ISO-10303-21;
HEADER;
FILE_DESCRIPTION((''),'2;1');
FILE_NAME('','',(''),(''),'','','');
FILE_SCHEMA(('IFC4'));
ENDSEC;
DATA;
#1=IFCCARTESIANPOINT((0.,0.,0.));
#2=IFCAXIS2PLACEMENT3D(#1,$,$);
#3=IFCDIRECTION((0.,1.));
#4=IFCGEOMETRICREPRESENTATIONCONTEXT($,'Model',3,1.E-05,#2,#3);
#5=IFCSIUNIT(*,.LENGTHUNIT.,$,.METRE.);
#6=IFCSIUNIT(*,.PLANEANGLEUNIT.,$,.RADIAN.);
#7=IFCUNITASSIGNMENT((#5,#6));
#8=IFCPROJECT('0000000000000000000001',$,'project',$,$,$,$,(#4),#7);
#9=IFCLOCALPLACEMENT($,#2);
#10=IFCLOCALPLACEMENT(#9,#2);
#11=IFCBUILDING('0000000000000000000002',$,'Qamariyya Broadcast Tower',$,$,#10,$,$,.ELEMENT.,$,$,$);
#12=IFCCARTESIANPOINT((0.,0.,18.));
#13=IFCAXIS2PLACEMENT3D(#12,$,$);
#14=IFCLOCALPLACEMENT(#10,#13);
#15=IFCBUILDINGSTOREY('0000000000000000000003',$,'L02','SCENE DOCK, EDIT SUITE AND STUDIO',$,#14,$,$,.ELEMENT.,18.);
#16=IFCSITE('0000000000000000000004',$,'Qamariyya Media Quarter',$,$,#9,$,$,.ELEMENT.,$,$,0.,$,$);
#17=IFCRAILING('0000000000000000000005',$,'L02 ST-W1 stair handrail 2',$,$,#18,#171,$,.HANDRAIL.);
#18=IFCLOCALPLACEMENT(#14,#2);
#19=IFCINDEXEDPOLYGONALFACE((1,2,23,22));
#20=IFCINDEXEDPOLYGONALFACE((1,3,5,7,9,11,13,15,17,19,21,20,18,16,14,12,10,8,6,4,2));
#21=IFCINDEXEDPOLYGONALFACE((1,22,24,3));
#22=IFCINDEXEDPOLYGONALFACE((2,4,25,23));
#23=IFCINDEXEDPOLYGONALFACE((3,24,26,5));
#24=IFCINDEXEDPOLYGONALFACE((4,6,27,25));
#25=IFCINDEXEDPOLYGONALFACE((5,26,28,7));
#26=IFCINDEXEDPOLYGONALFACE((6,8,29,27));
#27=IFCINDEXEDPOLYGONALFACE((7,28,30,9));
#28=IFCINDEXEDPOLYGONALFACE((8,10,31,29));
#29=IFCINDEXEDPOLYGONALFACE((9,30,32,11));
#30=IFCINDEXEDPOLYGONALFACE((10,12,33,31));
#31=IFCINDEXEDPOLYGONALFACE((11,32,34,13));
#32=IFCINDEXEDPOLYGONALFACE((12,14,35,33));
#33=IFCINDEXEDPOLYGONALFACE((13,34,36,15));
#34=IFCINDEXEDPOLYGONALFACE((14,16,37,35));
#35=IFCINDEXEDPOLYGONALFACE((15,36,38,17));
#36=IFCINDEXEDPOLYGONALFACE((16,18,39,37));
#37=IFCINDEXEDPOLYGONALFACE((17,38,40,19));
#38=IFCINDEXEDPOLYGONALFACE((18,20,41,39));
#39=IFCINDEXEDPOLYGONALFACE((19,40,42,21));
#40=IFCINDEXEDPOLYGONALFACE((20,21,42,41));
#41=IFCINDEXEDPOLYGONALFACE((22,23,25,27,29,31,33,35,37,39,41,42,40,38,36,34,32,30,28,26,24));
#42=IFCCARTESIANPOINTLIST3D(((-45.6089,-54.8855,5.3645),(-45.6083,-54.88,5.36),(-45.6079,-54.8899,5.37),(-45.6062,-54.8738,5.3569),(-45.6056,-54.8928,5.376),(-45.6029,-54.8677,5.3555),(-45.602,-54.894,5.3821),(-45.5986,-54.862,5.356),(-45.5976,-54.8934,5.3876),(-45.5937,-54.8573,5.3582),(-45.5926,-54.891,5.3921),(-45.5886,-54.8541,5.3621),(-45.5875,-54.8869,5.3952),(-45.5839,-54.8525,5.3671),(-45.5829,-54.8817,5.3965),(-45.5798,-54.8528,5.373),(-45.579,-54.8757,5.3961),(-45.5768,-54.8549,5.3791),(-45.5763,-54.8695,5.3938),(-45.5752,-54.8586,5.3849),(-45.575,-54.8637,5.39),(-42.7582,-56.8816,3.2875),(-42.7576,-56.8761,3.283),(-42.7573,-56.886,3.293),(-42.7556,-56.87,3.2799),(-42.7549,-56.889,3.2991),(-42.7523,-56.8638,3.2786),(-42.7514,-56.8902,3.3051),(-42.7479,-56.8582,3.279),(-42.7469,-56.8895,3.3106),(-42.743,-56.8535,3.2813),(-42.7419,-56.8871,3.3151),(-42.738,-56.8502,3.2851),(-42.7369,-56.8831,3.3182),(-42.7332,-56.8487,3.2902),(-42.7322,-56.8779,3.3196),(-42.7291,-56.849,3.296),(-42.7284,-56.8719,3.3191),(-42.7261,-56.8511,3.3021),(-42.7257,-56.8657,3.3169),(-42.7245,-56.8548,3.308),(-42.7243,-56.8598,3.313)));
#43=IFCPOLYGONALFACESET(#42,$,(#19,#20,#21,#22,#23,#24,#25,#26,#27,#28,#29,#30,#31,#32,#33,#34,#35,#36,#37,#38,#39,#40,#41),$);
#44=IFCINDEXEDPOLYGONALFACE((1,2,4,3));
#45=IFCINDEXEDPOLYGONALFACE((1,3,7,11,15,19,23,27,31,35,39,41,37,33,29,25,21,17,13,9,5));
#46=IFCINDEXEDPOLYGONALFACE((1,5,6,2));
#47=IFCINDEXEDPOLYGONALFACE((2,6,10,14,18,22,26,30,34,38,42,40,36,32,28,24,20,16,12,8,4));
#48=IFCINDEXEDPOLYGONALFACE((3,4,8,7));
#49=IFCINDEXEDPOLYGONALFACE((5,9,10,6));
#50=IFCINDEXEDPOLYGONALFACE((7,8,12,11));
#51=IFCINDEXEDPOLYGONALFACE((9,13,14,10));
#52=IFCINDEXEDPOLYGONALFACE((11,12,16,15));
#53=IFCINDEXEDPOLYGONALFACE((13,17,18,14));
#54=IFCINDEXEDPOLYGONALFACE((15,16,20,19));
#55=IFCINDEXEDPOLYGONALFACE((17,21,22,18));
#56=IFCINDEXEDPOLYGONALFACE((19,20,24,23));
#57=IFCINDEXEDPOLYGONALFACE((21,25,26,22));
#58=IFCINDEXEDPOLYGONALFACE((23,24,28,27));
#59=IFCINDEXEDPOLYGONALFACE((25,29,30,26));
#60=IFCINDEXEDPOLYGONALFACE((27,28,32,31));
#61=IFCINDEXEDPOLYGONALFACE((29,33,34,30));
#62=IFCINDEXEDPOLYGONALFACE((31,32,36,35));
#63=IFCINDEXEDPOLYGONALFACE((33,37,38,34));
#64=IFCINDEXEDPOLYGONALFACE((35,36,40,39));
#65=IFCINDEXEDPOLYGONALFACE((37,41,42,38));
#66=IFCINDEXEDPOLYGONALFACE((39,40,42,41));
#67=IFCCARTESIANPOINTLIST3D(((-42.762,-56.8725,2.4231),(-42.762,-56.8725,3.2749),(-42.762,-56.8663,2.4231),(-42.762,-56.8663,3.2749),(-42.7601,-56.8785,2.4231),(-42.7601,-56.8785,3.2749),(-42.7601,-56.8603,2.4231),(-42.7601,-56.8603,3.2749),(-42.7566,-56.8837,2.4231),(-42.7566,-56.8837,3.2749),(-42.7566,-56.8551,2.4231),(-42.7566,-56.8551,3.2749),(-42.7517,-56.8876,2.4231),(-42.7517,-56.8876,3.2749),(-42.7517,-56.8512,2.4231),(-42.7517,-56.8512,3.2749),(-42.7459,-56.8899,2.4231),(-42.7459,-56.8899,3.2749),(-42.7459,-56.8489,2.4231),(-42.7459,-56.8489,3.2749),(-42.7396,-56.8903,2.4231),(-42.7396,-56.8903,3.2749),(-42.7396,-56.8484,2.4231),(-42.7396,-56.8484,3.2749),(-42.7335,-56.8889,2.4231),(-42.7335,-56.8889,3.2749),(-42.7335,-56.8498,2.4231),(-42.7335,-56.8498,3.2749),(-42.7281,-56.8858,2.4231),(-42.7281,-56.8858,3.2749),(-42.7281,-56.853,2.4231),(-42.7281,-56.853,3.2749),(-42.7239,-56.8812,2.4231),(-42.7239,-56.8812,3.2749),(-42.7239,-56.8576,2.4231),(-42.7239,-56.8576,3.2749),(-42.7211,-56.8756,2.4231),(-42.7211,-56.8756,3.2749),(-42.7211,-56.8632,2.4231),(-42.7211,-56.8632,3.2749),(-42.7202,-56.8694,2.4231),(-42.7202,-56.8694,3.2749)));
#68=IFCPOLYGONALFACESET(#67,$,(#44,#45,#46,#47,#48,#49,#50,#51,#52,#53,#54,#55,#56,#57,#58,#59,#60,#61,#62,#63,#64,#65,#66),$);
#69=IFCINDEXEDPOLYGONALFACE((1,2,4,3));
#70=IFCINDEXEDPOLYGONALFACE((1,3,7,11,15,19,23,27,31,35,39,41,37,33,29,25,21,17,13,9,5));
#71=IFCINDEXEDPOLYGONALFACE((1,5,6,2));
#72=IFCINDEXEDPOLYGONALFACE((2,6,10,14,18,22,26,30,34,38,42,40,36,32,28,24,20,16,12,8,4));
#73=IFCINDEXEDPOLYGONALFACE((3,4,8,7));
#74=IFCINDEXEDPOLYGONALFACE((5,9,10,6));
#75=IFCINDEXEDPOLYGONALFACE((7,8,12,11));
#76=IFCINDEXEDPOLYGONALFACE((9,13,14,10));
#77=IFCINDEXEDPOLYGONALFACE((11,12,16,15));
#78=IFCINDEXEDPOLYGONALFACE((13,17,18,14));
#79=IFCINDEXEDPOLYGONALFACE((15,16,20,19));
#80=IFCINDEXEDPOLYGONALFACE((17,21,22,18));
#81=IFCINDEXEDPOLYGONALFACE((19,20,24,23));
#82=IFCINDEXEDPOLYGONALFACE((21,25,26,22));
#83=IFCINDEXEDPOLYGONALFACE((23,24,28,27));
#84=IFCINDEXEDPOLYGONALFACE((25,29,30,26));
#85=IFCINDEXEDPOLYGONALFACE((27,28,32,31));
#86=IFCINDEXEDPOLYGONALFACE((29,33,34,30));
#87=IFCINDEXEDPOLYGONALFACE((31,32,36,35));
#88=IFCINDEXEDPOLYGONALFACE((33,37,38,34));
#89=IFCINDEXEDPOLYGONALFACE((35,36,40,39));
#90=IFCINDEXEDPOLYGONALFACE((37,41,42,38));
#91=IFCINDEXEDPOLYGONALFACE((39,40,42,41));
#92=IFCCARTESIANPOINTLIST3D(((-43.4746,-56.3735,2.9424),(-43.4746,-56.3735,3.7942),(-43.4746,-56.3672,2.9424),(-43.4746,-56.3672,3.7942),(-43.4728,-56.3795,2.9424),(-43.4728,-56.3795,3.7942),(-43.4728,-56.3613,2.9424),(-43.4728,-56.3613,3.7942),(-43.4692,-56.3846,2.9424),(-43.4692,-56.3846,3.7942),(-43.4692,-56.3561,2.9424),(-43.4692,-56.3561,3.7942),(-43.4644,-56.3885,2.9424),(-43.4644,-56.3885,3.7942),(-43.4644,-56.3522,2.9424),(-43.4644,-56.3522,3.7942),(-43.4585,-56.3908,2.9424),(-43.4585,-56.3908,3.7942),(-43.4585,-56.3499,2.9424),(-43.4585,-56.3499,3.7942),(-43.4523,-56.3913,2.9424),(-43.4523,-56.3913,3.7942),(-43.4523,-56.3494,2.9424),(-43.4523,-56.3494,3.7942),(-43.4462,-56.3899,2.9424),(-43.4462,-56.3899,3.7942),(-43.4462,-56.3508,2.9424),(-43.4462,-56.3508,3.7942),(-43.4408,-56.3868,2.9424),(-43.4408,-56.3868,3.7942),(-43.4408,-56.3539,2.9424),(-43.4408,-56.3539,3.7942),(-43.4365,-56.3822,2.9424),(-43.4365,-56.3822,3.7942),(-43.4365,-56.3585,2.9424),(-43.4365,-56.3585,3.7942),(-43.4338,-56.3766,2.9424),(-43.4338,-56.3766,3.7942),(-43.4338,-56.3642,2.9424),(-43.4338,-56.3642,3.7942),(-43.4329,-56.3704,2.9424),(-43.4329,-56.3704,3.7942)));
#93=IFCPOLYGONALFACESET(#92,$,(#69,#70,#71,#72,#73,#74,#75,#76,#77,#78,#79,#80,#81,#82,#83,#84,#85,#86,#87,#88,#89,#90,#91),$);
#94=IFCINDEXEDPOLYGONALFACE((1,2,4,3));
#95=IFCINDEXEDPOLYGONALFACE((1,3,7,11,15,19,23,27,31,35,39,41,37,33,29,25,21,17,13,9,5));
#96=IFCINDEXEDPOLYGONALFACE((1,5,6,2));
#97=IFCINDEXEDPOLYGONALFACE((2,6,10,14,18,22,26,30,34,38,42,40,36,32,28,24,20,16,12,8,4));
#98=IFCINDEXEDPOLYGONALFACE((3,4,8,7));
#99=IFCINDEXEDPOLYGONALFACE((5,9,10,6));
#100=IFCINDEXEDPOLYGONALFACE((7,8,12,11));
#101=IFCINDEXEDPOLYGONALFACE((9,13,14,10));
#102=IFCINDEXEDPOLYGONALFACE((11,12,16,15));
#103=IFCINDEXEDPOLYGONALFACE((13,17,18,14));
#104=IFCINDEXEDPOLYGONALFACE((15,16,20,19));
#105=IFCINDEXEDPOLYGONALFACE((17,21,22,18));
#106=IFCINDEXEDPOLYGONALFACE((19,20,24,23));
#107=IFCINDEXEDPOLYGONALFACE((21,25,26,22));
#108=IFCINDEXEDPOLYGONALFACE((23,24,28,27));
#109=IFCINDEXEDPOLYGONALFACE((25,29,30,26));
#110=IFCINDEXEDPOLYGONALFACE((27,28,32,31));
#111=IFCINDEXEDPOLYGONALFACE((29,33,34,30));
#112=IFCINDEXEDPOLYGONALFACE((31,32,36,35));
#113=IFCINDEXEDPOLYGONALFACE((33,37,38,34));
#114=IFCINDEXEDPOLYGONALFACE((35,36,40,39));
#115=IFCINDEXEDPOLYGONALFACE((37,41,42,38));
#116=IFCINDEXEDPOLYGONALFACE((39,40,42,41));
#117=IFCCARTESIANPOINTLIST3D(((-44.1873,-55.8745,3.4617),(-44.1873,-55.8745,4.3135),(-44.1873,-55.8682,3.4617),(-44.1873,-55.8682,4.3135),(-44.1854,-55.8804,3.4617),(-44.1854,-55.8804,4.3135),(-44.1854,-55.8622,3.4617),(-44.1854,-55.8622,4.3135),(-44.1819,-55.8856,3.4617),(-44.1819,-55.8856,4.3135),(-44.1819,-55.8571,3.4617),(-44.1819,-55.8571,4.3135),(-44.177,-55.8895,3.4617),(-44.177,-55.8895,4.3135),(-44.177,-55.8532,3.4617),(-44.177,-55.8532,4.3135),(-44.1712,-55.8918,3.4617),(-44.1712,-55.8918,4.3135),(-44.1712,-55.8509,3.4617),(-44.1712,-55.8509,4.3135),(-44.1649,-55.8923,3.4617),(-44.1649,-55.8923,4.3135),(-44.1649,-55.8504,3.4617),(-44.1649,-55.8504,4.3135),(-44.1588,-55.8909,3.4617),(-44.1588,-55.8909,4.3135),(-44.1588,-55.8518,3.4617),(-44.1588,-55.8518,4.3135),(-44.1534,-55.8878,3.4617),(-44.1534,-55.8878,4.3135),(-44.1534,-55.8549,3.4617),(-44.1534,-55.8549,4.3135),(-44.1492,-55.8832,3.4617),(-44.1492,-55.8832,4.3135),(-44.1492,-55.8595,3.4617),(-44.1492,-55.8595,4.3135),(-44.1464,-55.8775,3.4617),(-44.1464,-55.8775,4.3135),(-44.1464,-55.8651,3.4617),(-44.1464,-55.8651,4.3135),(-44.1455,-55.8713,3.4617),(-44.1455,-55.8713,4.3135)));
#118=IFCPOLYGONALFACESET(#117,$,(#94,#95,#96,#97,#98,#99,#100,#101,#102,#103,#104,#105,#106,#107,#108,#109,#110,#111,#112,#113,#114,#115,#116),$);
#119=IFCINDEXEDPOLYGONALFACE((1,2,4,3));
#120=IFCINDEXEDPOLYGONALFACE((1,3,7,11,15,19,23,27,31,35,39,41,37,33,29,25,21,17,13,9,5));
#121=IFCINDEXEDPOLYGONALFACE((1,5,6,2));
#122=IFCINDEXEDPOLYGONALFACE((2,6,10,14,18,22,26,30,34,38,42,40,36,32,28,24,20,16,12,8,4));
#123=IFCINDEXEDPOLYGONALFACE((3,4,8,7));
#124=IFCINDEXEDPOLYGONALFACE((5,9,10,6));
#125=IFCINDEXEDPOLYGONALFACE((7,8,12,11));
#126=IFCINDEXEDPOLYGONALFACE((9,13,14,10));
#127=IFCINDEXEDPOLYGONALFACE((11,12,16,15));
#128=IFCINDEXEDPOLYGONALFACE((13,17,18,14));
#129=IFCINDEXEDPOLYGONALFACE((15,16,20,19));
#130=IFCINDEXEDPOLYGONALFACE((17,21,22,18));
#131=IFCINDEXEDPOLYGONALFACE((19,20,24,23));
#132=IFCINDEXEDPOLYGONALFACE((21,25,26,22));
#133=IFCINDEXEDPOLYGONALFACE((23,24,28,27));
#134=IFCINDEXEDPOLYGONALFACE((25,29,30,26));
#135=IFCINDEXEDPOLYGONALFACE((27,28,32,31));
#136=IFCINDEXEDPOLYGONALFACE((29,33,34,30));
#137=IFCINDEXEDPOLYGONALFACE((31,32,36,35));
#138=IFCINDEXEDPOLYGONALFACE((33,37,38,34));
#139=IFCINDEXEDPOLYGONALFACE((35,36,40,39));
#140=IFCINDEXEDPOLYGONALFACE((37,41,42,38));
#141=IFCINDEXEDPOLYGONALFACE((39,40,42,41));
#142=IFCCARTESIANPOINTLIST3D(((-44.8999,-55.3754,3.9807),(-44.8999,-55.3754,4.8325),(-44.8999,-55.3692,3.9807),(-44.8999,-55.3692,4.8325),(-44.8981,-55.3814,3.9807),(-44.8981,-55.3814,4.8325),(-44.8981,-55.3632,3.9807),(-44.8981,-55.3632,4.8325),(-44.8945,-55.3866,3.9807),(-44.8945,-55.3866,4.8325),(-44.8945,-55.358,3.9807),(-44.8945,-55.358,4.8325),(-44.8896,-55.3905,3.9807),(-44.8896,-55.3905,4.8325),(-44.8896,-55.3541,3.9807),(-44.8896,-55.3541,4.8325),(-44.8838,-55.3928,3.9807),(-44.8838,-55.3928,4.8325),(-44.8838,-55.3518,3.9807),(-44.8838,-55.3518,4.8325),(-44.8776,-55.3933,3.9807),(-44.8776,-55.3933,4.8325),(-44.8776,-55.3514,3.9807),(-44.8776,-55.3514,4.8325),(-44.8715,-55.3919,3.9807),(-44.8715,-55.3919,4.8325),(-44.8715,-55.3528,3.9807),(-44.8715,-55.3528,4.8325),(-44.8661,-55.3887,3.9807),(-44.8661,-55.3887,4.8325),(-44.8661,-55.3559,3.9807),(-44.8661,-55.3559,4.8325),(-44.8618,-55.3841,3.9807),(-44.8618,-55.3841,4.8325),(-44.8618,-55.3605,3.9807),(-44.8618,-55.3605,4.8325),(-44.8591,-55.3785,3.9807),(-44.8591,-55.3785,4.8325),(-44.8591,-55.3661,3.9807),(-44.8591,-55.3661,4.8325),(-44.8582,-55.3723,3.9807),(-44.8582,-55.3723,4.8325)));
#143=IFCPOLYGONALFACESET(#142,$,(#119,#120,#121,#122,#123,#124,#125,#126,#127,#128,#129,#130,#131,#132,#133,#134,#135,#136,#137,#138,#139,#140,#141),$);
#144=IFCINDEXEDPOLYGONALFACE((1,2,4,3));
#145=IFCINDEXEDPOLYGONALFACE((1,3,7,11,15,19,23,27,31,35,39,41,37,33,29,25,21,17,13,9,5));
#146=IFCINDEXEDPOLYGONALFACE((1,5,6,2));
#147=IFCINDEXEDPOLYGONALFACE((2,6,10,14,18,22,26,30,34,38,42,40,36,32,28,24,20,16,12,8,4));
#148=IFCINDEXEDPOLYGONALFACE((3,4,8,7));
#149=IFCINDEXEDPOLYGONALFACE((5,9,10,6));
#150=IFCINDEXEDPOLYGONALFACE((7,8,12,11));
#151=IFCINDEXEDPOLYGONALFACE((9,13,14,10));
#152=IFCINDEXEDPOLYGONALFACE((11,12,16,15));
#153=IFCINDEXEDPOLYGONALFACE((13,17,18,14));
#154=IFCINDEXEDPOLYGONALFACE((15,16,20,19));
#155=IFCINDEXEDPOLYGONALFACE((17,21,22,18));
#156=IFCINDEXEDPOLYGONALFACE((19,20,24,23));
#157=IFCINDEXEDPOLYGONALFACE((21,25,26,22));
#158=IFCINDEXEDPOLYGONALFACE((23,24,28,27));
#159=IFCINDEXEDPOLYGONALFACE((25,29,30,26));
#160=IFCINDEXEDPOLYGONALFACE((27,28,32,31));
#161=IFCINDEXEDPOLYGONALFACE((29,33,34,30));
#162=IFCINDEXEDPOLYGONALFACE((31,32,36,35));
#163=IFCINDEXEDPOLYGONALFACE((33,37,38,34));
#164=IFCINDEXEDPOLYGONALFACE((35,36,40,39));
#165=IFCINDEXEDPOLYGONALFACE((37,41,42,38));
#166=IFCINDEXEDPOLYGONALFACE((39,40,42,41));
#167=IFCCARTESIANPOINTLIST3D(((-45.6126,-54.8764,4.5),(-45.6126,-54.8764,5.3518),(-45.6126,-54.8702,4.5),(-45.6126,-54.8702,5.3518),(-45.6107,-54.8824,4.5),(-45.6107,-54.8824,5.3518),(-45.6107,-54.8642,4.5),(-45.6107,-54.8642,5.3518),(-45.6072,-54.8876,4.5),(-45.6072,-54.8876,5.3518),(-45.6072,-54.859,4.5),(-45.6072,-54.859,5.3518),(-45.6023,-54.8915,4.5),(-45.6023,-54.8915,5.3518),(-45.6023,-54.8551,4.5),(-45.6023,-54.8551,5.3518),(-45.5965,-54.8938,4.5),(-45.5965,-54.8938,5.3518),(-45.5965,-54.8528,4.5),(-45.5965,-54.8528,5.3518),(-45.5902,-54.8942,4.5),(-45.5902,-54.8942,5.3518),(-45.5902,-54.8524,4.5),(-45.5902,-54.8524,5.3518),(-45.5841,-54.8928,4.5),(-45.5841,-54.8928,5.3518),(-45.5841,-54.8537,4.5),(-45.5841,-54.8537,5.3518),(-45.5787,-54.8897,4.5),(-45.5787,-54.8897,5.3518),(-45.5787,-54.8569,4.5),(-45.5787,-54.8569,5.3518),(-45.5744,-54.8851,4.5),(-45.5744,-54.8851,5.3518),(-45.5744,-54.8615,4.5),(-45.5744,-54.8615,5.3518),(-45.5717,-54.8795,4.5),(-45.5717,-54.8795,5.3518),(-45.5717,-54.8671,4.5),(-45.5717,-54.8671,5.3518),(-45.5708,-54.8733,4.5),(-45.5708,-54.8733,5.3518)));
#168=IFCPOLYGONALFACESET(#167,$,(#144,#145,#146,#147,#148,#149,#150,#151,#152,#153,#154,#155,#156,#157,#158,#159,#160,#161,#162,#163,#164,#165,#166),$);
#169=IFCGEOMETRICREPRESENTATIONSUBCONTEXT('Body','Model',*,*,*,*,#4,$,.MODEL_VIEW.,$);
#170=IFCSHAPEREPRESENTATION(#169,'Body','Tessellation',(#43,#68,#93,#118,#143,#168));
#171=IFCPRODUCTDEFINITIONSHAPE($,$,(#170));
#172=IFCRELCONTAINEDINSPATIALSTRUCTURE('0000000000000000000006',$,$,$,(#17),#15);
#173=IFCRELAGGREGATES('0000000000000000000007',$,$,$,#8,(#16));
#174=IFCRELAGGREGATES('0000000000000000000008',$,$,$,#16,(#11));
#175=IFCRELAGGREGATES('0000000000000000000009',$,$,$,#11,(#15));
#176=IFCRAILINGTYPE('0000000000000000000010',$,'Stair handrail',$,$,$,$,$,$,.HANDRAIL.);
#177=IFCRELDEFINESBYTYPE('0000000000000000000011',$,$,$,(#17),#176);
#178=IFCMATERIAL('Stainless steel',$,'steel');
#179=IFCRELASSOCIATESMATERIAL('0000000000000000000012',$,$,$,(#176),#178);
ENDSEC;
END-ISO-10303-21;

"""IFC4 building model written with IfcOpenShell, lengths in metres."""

from ifc_helpers import new_model, si_unit, direction, frame, origin, origin_2d, place, context, subcontext, project, spatial, circle, extrude, material, type_object, element, save


model = new_model("IFC4")

# Units and contexts
model_context = context("Model", 3, precision=1e-05, world=origin(), true_north=direction((0.0, 1.0)))
body_context = subcontext(model_context, "Body", "Model", "MODEL_VIEW")
ifc_project = project(units=[si_unit("LENGTHUNIT", "METRE"), si_unit("PLANEANGLEUNIT", "RADIAN")], contexts=[model_context])

# Site, building, storey
site_placement = place(None, origin())
site = spatial("IfcSite", under=ifc_project, at=site_placement, Name="Qamariyya Media Quarter", CompositionType="ELEMENT", RefElevation=0.0)
building_placement = place(site_placement, origin())
building = spatial("IfcBuilding", under=site, at=building_placement, Name="Qamariyya Broadcast Tower", CompositionType="ELEMENT")
storey_placement = place(building_placement, frame((0.0, 0.0, 18.0)))
storey = spatial("IfcBuildingStorey", under=building, at=storey_placement, Name="L02", Description="SCENE DOCK, EDIT SUITE AND STUDIO", CompositionType="ELEMENT", Elevation=18.0)

# Railing
ifc_material_1 = material(Name="Stainless steel", Category="steel")
railing_type_1 = type_object("IfcRailingType", Name="Stair handrail", PredefinedType="HANDRAIL", material=ifc_material_1)
for number, where, name in (
    (1, (-42.7412, -56.8694, 2.4231), "L02 ST-W1 stair handrail 2"),
):
    element("IfcRailing", number, at=place(storey_placement, frame(where)), inside=storey, type_object=railing_type_1, Name=name, PredefinedType="HANDRAIL", context=body_context, shape_type="SweptSolid", body=[
        extrude(circle(Radius=0.0239, at=origin_2d()), frame((0.0, 0.0, 0.876), z_axis=(-0.703393, 0.492544, 0.512484), x_axis=(-0.573594, -0.81914, 0.0)), (0.0, 0.0, 1.0), 4.0527),
        extrude(circle(Radius=0.021, at=origin_2d()), origin(), (0.0, 0.0, 1.0), 0.8518),
        extrude(circle(Radius=0.021, at=origin_2d()), frame((-0.7126, 0.499, 0.5193)), (0.0, 0.0, 1.0), 0.8518),
        extrude(circle(Radius=0.021, at=origin_2d()), frame((-1.4253, 0.998, 1.0386)), (0.0, 0.0, 1.0), 0.8518),
        extrude(circle(Radius=0.021, at=origin_2d()), frame((-2.1379, 1.4971, 1.5576)), (0.0, 0.0, 1.0), 0.8518),
        extrude(circle(Radius=0.021, at=origin_2d()), frame((-2.8506, 1.9961, 2.0769)), (0.0, 0.0, 1.0), 0.8518),
    ])

save(model, "model.ifc")
